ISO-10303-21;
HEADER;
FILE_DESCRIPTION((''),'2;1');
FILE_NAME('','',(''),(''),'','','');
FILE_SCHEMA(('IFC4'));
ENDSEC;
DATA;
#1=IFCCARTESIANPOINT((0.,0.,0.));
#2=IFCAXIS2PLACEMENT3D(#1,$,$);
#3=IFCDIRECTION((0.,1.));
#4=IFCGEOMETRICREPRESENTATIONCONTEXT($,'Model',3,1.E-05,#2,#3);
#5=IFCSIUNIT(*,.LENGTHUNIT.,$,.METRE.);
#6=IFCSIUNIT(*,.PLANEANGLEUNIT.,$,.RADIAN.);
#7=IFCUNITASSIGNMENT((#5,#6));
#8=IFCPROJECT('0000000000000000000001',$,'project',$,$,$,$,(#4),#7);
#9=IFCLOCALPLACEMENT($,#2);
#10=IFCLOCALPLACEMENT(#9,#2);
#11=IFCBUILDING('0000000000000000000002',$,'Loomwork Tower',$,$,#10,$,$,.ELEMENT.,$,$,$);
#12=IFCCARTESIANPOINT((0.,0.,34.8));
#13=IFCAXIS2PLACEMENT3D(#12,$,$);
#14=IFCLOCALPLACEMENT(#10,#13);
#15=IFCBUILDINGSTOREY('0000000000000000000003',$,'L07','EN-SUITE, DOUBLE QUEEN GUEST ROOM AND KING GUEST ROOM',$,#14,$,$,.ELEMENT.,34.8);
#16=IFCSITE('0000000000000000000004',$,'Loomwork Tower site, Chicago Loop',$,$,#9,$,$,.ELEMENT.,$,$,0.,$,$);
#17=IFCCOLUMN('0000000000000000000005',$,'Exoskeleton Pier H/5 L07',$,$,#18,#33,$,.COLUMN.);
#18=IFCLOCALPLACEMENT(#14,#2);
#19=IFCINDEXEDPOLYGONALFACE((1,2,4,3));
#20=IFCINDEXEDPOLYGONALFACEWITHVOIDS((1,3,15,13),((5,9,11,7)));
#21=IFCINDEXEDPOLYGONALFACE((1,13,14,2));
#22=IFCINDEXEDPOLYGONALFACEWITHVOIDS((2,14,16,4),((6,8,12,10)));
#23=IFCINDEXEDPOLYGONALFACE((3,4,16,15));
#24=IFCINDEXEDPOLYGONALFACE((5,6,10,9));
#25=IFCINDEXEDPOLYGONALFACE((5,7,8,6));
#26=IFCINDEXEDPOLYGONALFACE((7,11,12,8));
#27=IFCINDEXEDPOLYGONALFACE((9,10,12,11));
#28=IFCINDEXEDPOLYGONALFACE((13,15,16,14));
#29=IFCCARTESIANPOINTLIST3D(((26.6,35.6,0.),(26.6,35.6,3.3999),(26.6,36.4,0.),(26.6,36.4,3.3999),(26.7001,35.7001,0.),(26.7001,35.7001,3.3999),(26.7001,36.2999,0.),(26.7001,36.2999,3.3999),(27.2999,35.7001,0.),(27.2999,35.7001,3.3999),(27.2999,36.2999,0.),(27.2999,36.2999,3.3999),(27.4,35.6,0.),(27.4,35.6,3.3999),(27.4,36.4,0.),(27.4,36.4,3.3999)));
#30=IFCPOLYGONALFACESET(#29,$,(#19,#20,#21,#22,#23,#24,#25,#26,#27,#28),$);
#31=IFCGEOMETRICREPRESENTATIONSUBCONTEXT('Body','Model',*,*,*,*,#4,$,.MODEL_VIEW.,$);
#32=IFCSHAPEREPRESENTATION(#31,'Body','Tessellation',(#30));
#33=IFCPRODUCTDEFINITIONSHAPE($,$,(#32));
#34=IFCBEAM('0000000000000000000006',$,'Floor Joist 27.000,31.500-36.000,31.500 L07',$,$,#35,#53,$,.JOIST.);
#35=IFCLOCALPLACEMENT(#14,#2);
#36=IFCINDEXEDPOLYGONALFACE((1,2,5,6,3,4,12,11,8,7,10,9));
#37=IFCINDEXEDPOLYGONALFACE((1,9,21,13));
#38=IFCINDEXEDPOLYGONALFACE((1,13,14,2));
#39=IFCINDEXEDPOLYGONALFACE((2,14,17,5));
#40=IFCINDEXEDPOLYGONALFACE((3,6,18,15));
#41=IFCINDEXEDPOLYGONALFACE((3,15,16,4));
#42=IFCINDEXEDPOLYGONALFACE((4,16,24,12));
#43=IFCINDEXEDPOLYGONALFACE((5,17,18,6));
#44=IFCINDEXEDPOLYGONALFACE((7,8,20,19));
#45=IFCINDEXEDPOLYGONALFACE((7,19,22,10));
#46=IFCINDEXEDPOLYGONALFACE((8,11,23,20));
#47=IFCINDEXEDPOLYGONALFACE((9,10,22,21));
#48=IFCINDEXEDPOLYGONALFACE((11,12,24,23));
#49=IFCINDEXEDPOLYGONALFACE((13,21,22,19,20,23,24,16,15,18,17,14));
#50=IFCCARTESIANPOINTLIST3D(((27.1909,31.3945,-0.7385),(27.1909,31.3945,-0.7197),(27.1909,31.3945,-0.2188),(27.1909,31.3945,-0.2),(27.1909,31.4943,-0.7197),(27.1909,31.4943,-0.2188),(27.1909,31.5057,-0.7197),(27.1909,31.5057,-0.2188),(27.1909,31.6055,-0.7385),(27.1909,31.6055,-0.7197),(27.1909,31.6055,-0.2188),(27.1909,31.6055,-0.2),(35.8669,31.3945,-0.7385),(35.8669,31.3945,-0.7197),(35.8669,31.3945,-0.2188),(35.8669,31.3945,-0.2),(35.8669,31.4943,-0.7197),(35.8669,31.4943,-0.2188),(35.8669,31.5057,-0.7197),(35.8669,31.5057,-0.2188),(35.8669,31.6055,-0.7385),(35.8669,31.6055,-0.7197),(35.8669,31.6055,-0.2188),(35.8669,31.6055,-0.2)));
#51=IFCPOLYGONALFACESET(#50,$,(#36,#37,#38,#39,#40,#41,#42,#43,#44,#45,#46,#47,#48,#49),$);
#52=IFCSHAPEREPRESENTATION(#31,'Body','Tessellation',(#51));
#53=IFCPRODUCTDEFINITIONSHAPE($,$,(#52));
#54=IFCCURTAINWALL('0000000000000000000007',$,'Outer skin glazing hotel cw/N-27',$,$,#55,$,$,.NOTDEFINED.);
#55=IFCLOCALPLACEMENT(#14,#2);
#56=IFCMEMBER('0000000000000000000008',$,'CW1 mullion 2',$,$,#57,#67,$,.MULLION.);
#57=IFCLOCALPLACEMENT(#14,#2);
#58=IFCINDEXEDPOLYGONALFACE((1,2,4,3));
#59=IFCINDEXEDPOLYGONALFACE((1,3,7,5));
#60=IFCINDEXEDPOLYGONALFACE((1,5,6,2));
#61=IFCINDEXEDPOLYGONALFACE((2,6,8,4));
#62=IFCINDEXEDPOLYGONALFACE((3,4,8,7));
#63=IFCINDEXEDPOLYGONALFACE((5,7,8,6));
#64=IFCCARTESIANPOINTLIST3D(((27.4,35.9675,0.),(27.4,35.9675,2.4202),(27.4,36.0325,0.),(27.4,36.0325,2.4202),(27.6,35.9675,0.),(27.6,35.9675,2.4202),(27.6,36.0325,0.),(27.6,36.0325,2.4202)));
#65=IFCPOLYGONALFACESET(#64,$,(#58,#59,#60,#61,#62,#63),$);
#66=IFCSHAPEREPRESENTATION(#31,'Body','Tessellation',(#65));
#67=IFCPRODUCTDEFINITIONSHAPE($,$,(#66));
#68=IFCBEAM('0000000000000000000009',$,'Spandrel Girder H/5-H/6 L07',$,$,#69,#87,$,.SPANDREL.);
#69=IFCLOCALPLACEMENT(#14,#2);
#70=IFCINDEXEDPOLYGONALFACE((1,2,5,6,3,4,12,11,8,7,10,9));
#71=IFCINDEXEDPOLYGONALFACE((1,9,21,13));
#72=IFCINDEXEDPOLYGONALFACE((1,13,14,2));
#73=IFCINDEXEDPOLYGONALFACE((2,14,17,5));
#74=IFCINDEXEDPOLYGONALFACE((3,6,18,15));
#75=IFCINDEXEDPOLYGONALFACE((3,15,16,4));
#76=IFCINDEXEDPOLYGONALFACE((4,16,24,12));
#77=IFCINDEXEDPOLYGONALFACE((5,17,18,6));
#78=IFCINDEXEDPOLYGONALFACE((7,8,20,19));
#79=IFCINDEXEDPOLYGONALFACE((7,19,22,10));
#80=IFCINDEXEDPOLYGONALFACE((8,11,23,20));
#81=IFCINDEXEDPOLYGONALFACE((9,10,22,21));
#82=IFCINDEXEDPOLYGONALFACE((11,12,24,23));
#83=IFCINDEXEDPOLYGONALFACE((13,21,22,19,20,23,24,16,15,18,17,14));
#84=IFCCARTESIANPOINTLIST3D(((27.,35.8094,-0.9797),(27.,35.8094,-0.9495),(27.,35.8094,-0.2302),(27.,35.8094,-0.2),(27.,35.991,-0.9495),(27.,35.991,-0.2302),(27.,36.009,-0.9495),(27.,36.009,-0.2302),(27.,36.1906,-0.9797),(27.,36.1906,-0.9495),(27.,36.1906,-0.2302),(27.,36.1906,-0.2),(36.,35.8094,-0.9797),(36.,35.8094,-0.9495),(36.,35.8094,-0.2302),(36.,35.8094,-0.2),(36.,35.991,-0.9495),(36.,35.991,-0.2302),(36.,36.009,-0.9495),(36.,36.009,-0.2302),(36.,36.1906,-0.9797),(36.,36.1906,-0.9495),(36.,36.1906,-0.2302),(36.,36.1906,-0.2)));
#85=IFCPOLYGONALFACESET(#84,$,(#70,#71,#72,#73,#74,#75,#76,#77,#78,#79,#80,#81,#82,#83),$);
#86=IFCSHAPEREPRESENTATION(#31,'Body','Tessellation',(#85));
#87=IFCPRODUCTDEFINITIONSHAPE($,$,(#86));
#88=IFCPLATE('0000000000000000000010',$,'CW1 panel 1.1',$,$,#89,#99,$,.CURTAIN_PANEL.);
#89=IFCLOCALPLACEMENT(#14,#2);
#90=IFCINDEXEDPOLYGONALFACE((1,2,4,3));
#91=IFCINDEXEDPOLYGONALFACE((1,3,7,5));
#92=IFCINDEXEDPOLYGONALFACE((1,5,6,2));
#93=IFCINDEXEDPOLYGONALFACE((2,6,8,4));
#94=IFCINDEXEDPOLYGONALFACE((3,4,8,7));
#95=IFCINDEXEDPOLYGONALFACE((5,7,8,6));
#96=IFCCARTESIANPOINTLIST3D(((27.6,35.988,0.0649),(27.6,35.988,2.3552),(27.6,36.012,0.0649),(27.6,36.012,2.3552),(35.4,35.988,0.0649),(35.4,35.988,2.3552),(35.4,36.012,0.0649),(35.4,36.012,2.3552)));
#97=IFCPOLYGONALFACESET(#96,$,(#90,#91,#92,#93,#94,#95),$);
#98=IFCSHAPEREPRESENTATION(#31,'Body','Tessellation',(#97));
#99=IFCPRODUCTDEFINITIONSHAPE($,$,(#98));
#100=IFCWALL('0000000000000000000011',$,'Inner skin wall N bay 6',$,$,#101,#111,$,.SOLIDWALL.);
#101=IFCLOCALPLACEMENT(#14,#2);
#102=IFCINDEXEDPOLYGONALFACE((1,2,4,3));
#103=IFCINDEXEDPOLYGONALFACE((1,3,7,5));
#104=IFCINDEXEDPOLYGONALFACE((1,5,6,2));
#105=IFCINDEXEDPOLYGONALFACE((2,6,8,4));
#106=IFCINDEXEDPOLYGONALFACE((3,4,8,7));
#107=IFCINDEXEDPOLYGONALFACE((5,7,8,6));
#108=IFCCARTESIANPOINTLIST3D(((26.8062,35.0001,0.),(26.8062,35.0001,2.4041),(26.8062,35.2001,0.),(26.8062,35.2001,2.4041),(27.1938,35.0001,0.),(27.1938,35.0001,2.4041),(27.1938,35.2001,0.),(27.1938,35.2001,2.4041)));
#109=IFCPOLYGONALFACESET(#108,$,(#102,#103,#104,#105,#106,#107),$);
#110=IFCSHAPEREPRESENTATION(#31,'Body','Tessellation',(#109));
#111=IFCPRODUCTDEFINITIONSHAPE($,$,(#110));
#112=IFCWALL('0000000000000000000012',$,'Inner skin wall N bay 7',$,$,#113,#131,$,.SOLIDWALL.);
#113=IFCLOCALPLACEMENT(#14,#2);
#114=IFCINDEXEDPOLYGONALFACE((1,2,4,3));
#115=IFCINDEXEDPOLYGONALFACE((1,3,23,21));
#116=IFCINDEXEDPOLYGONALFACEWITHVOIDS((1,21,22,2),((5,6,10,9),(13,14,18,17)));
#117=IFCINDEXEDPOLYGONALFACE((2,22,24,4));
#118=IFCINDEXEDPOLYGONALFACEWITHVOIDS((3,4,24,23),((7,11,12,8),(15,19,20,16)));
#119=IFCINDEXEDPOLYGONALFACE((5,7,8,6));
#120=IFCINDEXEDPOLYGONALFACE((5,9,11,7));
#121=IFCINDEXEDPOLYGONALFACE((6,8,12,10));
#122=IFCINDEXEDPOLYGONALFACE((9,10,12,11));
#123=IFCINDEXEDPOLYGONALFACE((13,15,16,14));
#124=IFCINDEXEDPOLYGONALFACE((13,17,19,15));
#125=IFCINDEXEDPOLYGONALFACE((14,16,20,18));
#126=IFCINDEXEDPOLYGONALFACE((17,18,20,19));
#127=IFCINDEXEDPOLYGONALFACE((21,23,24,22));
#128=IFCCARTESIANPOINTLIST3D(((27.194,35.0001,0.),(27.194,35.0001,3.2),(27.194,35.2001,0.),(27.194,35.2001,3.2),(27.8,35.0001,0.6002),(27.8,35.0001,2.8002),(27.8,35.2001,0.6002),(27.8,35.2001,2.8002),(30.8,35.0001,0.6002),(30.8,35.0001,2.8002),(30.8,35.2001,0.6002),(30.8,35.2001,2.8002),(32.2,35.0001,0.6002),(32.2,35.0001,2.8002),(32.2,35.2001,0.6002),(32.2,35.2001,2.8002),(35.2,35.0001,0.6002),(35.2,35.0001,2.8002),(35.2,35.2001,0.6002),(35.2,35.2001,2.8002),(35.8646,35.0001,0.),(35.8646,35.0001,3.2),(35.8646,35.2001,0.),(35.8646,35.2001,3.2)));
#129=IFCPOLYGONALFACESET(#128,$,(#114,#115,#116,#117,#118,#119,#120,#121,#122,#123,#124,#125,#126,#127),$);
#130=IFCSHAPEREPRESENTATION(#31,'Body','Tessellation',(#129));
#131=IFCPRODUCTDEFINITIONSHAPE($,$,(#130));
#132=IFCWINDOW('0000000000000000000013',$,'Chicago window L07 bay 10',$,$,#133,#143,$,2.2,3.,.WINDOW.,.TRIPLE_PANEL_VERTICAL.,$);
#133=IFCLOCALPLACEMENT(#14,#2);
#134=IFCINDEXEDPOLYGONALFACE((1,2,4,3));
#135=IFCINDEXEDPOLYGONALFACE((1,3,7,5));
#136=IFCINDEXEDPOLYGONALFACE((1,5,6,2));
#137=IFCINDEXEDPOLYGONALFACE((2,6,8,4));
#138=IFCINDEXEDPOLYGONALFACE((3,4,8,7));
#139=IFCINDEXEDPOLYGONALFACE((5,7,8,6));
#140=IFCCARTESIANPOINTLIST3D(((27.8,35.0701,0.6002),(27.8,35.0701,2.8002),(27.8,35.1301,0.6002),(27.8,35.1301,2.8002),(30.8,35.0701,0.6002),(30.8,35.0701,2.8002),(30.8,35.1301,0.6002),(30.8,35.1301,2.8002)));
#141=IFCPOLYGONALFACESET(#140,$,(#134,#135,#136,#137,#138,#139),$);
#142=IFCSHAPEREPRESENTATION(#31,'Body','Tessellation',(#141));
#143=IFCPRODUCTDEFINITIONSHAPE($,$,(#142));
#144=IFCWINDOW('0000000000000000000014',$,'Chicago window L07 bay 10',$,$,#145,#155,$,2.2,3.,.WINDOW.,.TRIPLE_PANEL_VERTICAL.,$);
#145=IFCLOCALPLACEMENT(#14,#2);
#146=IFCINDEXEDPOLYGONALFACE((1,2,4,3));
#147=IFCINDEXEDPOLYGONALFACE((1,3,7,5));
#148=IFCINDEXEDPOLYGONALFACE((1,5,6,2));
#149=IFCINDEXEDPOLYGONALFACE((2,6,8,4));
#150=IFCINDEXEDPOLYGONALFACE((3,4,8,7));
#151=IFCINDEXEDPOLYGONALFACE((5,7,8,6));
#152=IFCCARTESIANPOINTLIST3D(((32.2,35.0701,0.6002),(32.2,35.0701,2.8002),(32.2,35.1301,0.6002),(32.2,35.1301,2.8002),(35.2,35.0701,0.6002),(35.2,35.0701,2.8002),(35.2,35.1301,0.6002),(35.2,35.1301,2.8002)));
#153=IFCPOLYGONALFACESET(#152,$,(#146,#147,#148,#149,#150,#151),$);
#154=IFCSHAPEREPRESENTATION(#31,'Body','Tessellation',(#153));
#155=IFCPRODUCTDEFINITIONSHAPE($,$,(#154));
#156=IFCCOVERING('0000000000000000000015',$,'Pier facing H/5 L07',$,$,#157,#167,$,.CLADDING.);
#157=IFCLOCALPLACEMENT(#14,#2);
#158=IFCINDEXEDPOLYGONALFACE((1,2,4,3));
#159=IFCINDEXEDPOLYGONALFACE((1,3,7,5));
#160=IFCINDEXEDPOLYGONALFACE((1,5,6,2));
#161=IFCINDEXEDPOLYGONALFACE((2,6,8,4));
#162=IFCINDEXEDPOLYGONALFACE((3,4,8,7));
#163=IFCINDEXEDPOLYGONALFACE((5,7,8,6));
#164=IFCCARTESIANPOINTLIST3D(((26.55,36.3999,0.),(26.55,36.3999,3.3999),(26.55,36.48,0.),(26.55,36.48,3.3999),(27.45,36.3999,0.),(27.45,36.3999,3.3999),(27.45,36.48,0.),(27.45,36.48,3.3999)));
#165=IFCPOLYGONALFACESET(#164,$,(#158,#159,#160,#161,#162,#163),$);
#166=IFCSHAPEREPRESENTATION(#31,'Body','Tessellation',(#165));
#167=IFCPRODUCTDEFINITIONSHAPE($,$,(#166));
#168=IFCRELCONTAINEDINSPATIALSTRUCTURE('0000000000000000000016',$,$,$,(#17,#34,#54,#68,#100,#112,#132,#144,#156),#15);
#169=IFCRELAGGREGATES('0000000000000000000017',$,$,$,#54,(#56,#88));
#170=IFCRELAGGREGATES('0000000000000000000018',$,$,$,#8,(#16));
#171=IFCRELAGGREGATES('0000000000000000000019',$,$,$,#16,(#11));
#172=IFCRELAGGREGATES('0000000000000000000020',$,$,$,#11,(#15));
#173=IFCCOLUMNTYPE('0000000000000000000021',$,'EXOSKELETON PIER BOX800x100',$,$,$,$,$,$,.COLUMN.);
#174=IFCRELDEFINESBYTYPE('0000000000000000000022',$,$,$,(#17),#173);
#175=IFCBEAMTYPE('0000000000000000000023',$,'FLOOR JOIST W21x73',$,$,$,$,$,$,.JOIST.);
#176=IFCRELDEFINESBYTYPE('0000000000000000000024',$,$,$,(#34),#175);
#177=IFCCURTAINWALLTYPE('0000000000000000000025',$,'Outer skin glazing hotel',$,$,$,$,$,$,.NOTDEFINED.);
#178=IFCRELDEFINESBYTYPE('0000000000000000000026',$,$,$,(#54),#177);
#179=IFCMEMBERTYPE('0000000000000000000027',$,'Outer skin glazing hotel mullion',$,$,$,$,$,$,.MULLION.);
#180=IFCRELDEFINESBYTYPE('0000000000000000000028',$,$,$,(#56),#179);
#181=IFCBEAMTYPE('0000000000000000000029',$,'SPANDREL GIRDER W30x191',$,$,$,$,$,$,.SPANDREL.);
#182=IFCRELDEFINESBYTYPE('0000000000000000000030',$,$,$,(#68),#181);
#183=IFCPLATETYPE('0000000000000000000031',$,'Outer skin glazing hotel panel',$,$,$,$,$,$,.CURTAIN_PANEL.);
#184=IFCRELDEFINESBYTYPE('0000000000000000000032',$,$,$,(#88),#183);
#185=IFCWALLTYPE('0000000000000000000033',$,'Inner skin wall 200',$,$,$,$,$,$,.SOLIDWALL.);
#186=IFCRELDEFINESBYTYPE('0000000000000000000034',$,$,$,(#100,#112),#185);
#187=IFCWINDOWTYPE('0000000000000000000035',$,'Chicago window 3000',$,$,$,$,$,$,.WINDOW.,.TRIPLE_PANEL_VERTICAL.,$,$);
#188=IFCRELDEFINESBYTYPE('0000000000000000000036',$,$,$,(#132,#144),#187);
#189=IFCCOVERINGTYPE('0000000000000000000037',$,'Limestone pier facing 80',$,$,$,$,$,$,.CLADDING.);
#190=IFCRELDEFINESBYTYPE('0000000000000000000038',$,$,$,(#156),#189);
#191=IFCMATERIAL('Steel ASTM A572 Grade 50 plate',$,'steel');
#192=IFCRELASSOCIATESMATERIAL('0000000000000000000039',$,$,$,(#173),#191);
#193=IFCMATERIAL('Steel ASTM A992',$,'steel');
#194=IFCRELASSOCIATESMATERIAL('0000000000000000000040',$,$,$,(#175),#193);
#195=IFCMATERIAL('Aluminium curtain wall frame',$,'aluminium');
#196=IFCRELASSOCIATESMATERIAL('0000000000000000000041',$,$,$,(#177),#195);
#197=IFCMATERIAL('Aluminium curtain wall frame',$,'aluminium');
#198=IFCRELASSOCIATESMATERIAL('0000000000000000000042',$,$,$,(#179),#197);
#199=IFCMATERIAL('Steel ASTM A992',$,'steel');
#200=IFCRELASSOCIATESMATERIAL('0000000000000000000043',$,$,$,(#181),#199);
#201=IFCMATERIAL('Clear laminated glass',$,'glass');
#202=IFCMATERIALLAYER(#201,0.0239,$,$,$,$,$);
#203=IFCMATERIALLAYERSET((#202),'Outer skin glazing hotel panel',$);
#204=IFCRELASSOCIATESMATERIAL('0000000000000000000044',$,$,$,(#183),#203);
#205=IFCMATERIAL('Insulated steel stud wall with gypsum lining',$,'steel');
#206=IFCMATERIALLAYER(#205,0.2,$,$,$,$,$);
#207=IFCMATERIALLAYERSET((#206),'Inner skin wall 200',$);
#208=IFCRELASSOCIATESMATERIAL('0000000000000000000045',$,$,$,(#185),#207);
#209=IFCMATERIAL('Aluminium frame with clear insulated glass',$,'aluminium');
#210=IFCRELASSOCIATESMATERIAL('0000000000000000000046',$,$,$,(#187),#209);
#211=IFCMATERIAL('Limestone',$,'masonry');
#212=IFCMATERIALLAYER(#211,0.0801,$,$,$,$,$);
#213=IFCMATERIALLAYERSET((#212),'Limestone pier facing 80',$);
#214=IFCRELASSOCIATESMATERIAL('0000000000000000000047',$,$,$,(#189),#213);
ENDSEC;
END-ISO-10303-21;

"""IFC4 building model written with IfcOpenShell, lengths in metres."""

from ifc_helpers import new_model, si_unit, direction, frame, frame_2d, origin, origin_2d, place, context, subcontext, project, spatial, rectangle, hollow_rectangle, i_section, extrude, material, layer, layer_set, material_profile, profile_set, type_object, element, fill, aggregate, save


model = new_model("IFC4")

# Units and contexts
model_context = context("Model", 3, precision=1e-05, world=origin(), true_north=direction((0.0, 1.0)))
body_context = subcontext(model_context, "Body", "Model", "MODEL_VIEW")
ifc_project = project(units=[si_unit("LENGTHUNIT", "METRE"), si_unit("PLANEANGLEUNIT", "RADIAN")], contexts=[model_context])

# Site, building, storey
site_placement = place(None, origin())
site = spatial("IfcSite", under=ifc_project, at=site_placement, Name="Loomwork Tower site, Chicago Loop", CompositionType="ELEMENT", RefElevation=0.0)
building_placement = place(site_placement, origin())
building = spatial("IfcBuilding", under=site, at=building_placement, Name="Loomwork Tower", CompositionType="ELEMENT")
storey_placement = place(building_placement, frame((0.0, 0.0, 34.8)))
storey = spatial("IfcBuildingStorey", under=building, at=storey_placement, Name="L07", Description="EN-SUITE, DOUBLE QUEEN GUEST ROOM AND KING GUEST ROOM", CompositionType="ELEMENT", Elevation=34.8)

# Column
ifc_material_1 = material(Name="Steel ASTM A572 Grade 50 plate", Category="steel")
ifc_material_profile_1 = material_profile(ifc_material_1, hollow_rectangle(XDim=0.8, YDim=0.8, WallThickness=0.1001, at=origin_2d()), Name="BOX800x100")
ifc_profile_set_1 = profile_set([ifc_material_profile_1], Name="Steel ASTM A572 Grade 50 plate")
column_type = type_object("IfcColumnType", Name="EXOSKELETON PIER BOX800x100", PredefinedType="COLUMN", material=ifc_profile_set_1)
column_placement = place(storey_placement, frame((27.0, 36.0, 0.0), z_axis=(0.0, 0.0, 1.0), x_axis=(1.0, 0.0, 0.0)))
element("IfcColumn", 1, at=column_placement, inside=storey, type_object=column_type, Name="Exoskeleton Pier H/5 L07", PredefinedType="COLUMN", context=body_context, shape_type="SweptSolid", body=[
    extrude(hollow_rectangle(XDim=0.8, YDim=0.8, WallThickness=0.1001, at=origin_2d()), origin(), (0.0, 0.0, 1.0), 3.3999),
])

# Beam
ifc_material_2 = material(Name="Steel ASTM A992", Category="steel")
ifc_material_profile_2 = material_profile(ifc_material_2, i_section(OverallWidth=0.2109, OverallDepth=0.5386, WebThickness=0.0115, FlangeThickness=0.0188, at=origin_2d()), Name="W21x73")
ifc_profile_set_2 = profile_set([ifc_material_profile_2], Name="Steel ASTM A992")
beam_type_1 = type_object("IfcBeamType", Name="FLOOR JOIST W21x73", PredefinedType="JOIST", material=ifc_profile_set_2)
beam_1_placement = place(storey_placement, frame((27.1909, 31.5, -0.4692), z_axis=(1.0, 0.0, 0.0), x_axis=(0.0, 1.0, 0.0)))
element("IfcBeam", 2, at=beam_1_placement, inside=storey, type_object=beam_type_1, Name="Floor Joist 27.000,31.500-36.000,31.500 L07", PredefinedType="JOIST", context=body_context, shape_type="SweptSolid", body=[
    extrude(i_section(OverallWidth=0.2109, OverallDepth=0.5386, WebThickness=0.0115, FlangeThickness=0.0188, at=origin_2d()), origin(), (0.0, 0.0, 1.0), 8.676),
])

# Curtain wall, member
ifc_material_3 = material(Name="Aluminium curtain wall frame", Category="aluminium")
curtain_wall_type = type_object("IfcCurtainWallType", Name="Outer skin glazing hotel", PredefinedType="NOTDEFINED", material=ifc_material_3)
curtain_wall_placement = place(storey_placement, origin())
curtain_wall = element("IfcCurtainWall", 3, at=curtain_wall_placement, inside=storey, type_object=curtain_wall_type, Name="Outer skin glazing hotel cw/N-27", PredefinedType="NOTDEFINED")
ifc_material_4 = material(Name="Aluminium curtain wall frame", Category="aluminium")
ifc_material_profile_3 = material_profile(ifc_material_4, rectangle(XDim=0.0649, YDim=0.2, at=origin_2d()), Name="AL 65x200")
ifc_profile_set_3 = profile_set([ifc_material_profile_3], Name="Aluminium curtain wall frame")
member_type = type_object("IfcMemberType", Name="Outer skin glazing hotel mullion", PredefinedType="MULLION", material=ifc_profile_set_3)
member_placement = place(storey_placement, frame((27.5, 36.0, 0.0), z_axis=(0.0, 0.0, 1.0), x_axis=(0.0, -1.0, 0.0)))
member = element("IfcMember", 4, at=member_placement, type_object=member_type, Name="CW1 mullion 2", PredefinedType="MULLION", context=body_context, shape_type="SweptSolid", body=[
    extrude(rectangle(XDim=0.0649, YDim=0.2, at=origin_2d()), origin(), (0.0, 0.0, 1.0), 2.4202),
])

# Beam
ifc_material_5 = material(Name="Steel ASTM A992", Category="steel")
ifc_material_profile_4 = material_profile(ifc_material_5, i_section(OverallWidth=0.3811, OverallDepth=0.7798, WebThickness=0.0181, FlangeThickness=0.0303, at=origin_2d()), Name="W30x191")
ifc_profile_set_4 = profile_set([ifc_material_profile_4], Name="Steel ASTM A992")
beam_type_2 = type_object("IfcBeamType", Name="SPANDREL GIRDER W30x191", PredefinedType="SPANDREL", material=ifc_profile_set_4)
beam_2_placement = place(storey_placement, frame((27.0, 36.0, -0.5898), z_axis=(1.0, 0.0, 0.0), x_axis=(0.0, 1.0, 0.0)))
element("IfcBeam", 5, at=beam_2_placement, inside=storey, type_object=beam_type_2, Name="Spandrel Girder H/5-H/6 L07", PredefinedType="SPANDREL", context=body_context, shape_type="SweptSolid", body=[
    extrude(i_section(OverallWidth=0.3811, OverallDepth=0.7798, WebThickness=0.0181, FlangeThickness=0.0303, at=origin_2d()), origin(), (0.0, 0.0, 1.0), 9.0),
])

# Plate
ifc_material_6 = material(Name="Clear laminated glass", Category="glass")
ifc_layer_1 = layer(ifc_material_6, 0.0239)
ifc_layer_set_1 = layer_set([ifc_layer_1], Name="Outer skin glazing hotel panel")
plate_type = type_object("IfcPlateType", Name="Outer skin glazing hotel panel", PredefinedType="CURTAIN_PANEL", material=ifc_layer_set_1)
plate_placement = place(storey_placement, frame((31.5, 36.0, 0.0649), z_axis=(0.0, 0.0, 1.0), x_axis=(-1.0, 0.0, 0.0)))
plate = element("IfcPlate", 6, at=plate_placement, type_object=plate_type, Name="CW1 panel 1.1", PredefinedType="CURTAIN_PANEL", context=body_context, shape_type="SweptSolid", body=[
    extrude(rectangle(XDim=7.8, YDim=0.0239, at=origin_2d()), origin(), (0.0, 0.0, 1.0), 2.2903),
])
aggregate(curtain_wall, [member, plate])

# Wall
ifc_material_7 = material(Name="Insulated steel stud wall with gypsum lining", Category="steel")
ifc_layer_2 = layer(ifc_material_7, 0.2)
ifc_layer_set_2 = layer_set([ifc_layer_2], Name="Inner skin wall 200")
wall_type = type_object("IfcWallType", Name="Inner skin wall 200", PredefinedType="SOLIDWALL", material=ifc_layer_set_2)
wall_1_placement = place(storey_placement, frame((26.8062, 35.1001, 0.0), z_axis=(0.0, 0.0, 1.0), x_axis=(1.0, 0.0, 0.0)))
element("IfcWall", 7, at=wall_1_placement, inside=storey, type_object=wall_type, Name="Inner skin wall N bay 6", PredefinedType="SOLIDWALL", context=body_context, shape_type="SweptSolid", body=[
    extrude(rectangle(XDim=0.3877, YDim=0.2, at=frame_2d((0.1938, 0.0))), origin(), (0.0, 0.0, 1.0), 2.4041),
])

# Wall, openings, windows
wall_2_placement = place(storey_placement, frame((27.1938, 35.1001, 0.0), z_axis=(0.0, 0.0, 1.0), x_axis=(1.0, 0.0, 0.0)))
wall_2 = element("IfcWall", 8, at=wall_2_placement, inside=storey, type_object=wall_type, Name="Inner skin wall N bay 7", PredefinedType="SOLIDWALL", context=body_context, shape_type="SweptSolid", body=[
    extrude(rectangle(XDim=8.6707, YDim=0.2, at=frame_2d((4.3354, 0.0))), origin(), (0.0, 0.0, 1.0), 3.2),
])
opening_1_placement = place(wall_2_placement, frame((0.6062, 0.0, 0.6001)))
opening_1 = element("IfcOpeningElement", 9, at=opening_1_placement, cuts=wall_2, PredefinedType="OPENING", context=body_context, shape_type="SweptSolid", body=[
    extrude(rectangle(XDim=3.0, YDim=2.2, at=frame_2d((1.5, 1.1001))), frame((0.0, 0.1099, 0.0), z_axis=(0.0, -1.0, 0.0), x_axis=(1.0, 0.0, 0.0)), (0.0, 0.0, 1.0), 0.22),
])
opening_2_placement = place(wall_2_placement, frame((5.0061, 0.0, 0.6001)))
opening_2 = element("IfcOpeningElement", 10, at=opening_2_placement, cuts=wall_2, PredefinedType="OPENING", context=body_context, shape_type="SweptSolid", body=[
    extrude(rectangle(XDim=3.0, YDim=2.2, at=frame_2d((1.5, 1.1001))), frame((0.0, 0.1099, 0.0), z_axis=(0.0, -1.0, 0.0), x_axis=(1.0, 0.0, 0.0)), (0.0, 0.0, 1.0), 0.22),
])
ifc_material_8 = material(Name="Aluminium frame with clear insulated glass", Category="aluminium")
window_type = type_object("IfcWindowType", Name="Chicago window 3000", PartitioningType="TRIPLE_PANEL_VERTICAL", PredefinedType="WINDOW", material=ifc_material_8)
window_1_placement = place(opening_1_placement, origin())
window_1 = element("IfcWindow", 11, at=window_1_placement, inside=storey, type_object=window_type, Name="Chicago window L07 bay 10", OverallHeight=2.2, OverallWidth=3.0, PartitioningType="TRIPLE_PANEL_VERTICAL", PredefinedType="WINDOW", context=body_context, shape_type="SweptSolid", body=[
    extrude(rectangle(XDim=3.0, YDim=2.2, at=frame_2d((1.5, 1.1001))), frame((0.0, 0.03, 0.0), z_axis=(0.0, -1.0, 0.0), x_axis=(1.0, 0.0, 0.0)), (0.0, 0.0, 1.0), 0.0601),
])
fill(opening_1, window_1)
window_2_placement = place(opening_2_placement, origin())
window_2 = element("IfcWindow", 12, at=window_2_placement, inside=storey, type_object=window_type, Name="Chicago window L07 bay 10", OverallHeight=2.2, OverallWidth=3.0, PartitioningType="TRIPLE_PANEL_VERTICAL", PredefinedType="WINDOW", context=body_context, shape_type="SweptSolid", body=[
    extrude(rectangle(XDim=3.0, YDim=2.2, at=frame_2d((1.5, 1.1001))), frame((0.0, 0.03, 0.0), z_axis=(0.0, -1.0, 0.0), x_axis=(1.0, 0.0, 0.0)), (0.0, 0.0, 1.0), 0.0601),
])
fill(opening_2, window_2)

# Covering
ifc_material_9 = material(Name="Limestone", Category="masonry")
ifc_layer_3 = layer(ifc_material_9, 0.0801)
ifc_layer_set_3 = layer_set([ifc_layer_3], Name="Limestone pier facing 80")
covering_type = type_object("IfcCoveringType", Name="Limestone pier facing 80", PredefinedType="CLADDING", material=ifc_layer_set_3)
covering_placement = place(storey_placement, frame((27.0, 36.4399, 0.0), z_axis=(0.0, 0.0, 1.0), x_axis=(1.0, 0.0, 0.0)))
element("IfcCovering", 13, at=covering_placement, inside=storey, type_object=covering_type, Name="Pier facing H/5 L07", PredefinedType="CLADDING", context=body_context, shape_type="SweptSolid", body=[
    extrude(rectangle(XDim=0.8999, YDim=0.0801, at=origin_2d()), origin(), (0.0, 0.0, 1.0), 3.3999),
])

save(model, "model.ifc")
